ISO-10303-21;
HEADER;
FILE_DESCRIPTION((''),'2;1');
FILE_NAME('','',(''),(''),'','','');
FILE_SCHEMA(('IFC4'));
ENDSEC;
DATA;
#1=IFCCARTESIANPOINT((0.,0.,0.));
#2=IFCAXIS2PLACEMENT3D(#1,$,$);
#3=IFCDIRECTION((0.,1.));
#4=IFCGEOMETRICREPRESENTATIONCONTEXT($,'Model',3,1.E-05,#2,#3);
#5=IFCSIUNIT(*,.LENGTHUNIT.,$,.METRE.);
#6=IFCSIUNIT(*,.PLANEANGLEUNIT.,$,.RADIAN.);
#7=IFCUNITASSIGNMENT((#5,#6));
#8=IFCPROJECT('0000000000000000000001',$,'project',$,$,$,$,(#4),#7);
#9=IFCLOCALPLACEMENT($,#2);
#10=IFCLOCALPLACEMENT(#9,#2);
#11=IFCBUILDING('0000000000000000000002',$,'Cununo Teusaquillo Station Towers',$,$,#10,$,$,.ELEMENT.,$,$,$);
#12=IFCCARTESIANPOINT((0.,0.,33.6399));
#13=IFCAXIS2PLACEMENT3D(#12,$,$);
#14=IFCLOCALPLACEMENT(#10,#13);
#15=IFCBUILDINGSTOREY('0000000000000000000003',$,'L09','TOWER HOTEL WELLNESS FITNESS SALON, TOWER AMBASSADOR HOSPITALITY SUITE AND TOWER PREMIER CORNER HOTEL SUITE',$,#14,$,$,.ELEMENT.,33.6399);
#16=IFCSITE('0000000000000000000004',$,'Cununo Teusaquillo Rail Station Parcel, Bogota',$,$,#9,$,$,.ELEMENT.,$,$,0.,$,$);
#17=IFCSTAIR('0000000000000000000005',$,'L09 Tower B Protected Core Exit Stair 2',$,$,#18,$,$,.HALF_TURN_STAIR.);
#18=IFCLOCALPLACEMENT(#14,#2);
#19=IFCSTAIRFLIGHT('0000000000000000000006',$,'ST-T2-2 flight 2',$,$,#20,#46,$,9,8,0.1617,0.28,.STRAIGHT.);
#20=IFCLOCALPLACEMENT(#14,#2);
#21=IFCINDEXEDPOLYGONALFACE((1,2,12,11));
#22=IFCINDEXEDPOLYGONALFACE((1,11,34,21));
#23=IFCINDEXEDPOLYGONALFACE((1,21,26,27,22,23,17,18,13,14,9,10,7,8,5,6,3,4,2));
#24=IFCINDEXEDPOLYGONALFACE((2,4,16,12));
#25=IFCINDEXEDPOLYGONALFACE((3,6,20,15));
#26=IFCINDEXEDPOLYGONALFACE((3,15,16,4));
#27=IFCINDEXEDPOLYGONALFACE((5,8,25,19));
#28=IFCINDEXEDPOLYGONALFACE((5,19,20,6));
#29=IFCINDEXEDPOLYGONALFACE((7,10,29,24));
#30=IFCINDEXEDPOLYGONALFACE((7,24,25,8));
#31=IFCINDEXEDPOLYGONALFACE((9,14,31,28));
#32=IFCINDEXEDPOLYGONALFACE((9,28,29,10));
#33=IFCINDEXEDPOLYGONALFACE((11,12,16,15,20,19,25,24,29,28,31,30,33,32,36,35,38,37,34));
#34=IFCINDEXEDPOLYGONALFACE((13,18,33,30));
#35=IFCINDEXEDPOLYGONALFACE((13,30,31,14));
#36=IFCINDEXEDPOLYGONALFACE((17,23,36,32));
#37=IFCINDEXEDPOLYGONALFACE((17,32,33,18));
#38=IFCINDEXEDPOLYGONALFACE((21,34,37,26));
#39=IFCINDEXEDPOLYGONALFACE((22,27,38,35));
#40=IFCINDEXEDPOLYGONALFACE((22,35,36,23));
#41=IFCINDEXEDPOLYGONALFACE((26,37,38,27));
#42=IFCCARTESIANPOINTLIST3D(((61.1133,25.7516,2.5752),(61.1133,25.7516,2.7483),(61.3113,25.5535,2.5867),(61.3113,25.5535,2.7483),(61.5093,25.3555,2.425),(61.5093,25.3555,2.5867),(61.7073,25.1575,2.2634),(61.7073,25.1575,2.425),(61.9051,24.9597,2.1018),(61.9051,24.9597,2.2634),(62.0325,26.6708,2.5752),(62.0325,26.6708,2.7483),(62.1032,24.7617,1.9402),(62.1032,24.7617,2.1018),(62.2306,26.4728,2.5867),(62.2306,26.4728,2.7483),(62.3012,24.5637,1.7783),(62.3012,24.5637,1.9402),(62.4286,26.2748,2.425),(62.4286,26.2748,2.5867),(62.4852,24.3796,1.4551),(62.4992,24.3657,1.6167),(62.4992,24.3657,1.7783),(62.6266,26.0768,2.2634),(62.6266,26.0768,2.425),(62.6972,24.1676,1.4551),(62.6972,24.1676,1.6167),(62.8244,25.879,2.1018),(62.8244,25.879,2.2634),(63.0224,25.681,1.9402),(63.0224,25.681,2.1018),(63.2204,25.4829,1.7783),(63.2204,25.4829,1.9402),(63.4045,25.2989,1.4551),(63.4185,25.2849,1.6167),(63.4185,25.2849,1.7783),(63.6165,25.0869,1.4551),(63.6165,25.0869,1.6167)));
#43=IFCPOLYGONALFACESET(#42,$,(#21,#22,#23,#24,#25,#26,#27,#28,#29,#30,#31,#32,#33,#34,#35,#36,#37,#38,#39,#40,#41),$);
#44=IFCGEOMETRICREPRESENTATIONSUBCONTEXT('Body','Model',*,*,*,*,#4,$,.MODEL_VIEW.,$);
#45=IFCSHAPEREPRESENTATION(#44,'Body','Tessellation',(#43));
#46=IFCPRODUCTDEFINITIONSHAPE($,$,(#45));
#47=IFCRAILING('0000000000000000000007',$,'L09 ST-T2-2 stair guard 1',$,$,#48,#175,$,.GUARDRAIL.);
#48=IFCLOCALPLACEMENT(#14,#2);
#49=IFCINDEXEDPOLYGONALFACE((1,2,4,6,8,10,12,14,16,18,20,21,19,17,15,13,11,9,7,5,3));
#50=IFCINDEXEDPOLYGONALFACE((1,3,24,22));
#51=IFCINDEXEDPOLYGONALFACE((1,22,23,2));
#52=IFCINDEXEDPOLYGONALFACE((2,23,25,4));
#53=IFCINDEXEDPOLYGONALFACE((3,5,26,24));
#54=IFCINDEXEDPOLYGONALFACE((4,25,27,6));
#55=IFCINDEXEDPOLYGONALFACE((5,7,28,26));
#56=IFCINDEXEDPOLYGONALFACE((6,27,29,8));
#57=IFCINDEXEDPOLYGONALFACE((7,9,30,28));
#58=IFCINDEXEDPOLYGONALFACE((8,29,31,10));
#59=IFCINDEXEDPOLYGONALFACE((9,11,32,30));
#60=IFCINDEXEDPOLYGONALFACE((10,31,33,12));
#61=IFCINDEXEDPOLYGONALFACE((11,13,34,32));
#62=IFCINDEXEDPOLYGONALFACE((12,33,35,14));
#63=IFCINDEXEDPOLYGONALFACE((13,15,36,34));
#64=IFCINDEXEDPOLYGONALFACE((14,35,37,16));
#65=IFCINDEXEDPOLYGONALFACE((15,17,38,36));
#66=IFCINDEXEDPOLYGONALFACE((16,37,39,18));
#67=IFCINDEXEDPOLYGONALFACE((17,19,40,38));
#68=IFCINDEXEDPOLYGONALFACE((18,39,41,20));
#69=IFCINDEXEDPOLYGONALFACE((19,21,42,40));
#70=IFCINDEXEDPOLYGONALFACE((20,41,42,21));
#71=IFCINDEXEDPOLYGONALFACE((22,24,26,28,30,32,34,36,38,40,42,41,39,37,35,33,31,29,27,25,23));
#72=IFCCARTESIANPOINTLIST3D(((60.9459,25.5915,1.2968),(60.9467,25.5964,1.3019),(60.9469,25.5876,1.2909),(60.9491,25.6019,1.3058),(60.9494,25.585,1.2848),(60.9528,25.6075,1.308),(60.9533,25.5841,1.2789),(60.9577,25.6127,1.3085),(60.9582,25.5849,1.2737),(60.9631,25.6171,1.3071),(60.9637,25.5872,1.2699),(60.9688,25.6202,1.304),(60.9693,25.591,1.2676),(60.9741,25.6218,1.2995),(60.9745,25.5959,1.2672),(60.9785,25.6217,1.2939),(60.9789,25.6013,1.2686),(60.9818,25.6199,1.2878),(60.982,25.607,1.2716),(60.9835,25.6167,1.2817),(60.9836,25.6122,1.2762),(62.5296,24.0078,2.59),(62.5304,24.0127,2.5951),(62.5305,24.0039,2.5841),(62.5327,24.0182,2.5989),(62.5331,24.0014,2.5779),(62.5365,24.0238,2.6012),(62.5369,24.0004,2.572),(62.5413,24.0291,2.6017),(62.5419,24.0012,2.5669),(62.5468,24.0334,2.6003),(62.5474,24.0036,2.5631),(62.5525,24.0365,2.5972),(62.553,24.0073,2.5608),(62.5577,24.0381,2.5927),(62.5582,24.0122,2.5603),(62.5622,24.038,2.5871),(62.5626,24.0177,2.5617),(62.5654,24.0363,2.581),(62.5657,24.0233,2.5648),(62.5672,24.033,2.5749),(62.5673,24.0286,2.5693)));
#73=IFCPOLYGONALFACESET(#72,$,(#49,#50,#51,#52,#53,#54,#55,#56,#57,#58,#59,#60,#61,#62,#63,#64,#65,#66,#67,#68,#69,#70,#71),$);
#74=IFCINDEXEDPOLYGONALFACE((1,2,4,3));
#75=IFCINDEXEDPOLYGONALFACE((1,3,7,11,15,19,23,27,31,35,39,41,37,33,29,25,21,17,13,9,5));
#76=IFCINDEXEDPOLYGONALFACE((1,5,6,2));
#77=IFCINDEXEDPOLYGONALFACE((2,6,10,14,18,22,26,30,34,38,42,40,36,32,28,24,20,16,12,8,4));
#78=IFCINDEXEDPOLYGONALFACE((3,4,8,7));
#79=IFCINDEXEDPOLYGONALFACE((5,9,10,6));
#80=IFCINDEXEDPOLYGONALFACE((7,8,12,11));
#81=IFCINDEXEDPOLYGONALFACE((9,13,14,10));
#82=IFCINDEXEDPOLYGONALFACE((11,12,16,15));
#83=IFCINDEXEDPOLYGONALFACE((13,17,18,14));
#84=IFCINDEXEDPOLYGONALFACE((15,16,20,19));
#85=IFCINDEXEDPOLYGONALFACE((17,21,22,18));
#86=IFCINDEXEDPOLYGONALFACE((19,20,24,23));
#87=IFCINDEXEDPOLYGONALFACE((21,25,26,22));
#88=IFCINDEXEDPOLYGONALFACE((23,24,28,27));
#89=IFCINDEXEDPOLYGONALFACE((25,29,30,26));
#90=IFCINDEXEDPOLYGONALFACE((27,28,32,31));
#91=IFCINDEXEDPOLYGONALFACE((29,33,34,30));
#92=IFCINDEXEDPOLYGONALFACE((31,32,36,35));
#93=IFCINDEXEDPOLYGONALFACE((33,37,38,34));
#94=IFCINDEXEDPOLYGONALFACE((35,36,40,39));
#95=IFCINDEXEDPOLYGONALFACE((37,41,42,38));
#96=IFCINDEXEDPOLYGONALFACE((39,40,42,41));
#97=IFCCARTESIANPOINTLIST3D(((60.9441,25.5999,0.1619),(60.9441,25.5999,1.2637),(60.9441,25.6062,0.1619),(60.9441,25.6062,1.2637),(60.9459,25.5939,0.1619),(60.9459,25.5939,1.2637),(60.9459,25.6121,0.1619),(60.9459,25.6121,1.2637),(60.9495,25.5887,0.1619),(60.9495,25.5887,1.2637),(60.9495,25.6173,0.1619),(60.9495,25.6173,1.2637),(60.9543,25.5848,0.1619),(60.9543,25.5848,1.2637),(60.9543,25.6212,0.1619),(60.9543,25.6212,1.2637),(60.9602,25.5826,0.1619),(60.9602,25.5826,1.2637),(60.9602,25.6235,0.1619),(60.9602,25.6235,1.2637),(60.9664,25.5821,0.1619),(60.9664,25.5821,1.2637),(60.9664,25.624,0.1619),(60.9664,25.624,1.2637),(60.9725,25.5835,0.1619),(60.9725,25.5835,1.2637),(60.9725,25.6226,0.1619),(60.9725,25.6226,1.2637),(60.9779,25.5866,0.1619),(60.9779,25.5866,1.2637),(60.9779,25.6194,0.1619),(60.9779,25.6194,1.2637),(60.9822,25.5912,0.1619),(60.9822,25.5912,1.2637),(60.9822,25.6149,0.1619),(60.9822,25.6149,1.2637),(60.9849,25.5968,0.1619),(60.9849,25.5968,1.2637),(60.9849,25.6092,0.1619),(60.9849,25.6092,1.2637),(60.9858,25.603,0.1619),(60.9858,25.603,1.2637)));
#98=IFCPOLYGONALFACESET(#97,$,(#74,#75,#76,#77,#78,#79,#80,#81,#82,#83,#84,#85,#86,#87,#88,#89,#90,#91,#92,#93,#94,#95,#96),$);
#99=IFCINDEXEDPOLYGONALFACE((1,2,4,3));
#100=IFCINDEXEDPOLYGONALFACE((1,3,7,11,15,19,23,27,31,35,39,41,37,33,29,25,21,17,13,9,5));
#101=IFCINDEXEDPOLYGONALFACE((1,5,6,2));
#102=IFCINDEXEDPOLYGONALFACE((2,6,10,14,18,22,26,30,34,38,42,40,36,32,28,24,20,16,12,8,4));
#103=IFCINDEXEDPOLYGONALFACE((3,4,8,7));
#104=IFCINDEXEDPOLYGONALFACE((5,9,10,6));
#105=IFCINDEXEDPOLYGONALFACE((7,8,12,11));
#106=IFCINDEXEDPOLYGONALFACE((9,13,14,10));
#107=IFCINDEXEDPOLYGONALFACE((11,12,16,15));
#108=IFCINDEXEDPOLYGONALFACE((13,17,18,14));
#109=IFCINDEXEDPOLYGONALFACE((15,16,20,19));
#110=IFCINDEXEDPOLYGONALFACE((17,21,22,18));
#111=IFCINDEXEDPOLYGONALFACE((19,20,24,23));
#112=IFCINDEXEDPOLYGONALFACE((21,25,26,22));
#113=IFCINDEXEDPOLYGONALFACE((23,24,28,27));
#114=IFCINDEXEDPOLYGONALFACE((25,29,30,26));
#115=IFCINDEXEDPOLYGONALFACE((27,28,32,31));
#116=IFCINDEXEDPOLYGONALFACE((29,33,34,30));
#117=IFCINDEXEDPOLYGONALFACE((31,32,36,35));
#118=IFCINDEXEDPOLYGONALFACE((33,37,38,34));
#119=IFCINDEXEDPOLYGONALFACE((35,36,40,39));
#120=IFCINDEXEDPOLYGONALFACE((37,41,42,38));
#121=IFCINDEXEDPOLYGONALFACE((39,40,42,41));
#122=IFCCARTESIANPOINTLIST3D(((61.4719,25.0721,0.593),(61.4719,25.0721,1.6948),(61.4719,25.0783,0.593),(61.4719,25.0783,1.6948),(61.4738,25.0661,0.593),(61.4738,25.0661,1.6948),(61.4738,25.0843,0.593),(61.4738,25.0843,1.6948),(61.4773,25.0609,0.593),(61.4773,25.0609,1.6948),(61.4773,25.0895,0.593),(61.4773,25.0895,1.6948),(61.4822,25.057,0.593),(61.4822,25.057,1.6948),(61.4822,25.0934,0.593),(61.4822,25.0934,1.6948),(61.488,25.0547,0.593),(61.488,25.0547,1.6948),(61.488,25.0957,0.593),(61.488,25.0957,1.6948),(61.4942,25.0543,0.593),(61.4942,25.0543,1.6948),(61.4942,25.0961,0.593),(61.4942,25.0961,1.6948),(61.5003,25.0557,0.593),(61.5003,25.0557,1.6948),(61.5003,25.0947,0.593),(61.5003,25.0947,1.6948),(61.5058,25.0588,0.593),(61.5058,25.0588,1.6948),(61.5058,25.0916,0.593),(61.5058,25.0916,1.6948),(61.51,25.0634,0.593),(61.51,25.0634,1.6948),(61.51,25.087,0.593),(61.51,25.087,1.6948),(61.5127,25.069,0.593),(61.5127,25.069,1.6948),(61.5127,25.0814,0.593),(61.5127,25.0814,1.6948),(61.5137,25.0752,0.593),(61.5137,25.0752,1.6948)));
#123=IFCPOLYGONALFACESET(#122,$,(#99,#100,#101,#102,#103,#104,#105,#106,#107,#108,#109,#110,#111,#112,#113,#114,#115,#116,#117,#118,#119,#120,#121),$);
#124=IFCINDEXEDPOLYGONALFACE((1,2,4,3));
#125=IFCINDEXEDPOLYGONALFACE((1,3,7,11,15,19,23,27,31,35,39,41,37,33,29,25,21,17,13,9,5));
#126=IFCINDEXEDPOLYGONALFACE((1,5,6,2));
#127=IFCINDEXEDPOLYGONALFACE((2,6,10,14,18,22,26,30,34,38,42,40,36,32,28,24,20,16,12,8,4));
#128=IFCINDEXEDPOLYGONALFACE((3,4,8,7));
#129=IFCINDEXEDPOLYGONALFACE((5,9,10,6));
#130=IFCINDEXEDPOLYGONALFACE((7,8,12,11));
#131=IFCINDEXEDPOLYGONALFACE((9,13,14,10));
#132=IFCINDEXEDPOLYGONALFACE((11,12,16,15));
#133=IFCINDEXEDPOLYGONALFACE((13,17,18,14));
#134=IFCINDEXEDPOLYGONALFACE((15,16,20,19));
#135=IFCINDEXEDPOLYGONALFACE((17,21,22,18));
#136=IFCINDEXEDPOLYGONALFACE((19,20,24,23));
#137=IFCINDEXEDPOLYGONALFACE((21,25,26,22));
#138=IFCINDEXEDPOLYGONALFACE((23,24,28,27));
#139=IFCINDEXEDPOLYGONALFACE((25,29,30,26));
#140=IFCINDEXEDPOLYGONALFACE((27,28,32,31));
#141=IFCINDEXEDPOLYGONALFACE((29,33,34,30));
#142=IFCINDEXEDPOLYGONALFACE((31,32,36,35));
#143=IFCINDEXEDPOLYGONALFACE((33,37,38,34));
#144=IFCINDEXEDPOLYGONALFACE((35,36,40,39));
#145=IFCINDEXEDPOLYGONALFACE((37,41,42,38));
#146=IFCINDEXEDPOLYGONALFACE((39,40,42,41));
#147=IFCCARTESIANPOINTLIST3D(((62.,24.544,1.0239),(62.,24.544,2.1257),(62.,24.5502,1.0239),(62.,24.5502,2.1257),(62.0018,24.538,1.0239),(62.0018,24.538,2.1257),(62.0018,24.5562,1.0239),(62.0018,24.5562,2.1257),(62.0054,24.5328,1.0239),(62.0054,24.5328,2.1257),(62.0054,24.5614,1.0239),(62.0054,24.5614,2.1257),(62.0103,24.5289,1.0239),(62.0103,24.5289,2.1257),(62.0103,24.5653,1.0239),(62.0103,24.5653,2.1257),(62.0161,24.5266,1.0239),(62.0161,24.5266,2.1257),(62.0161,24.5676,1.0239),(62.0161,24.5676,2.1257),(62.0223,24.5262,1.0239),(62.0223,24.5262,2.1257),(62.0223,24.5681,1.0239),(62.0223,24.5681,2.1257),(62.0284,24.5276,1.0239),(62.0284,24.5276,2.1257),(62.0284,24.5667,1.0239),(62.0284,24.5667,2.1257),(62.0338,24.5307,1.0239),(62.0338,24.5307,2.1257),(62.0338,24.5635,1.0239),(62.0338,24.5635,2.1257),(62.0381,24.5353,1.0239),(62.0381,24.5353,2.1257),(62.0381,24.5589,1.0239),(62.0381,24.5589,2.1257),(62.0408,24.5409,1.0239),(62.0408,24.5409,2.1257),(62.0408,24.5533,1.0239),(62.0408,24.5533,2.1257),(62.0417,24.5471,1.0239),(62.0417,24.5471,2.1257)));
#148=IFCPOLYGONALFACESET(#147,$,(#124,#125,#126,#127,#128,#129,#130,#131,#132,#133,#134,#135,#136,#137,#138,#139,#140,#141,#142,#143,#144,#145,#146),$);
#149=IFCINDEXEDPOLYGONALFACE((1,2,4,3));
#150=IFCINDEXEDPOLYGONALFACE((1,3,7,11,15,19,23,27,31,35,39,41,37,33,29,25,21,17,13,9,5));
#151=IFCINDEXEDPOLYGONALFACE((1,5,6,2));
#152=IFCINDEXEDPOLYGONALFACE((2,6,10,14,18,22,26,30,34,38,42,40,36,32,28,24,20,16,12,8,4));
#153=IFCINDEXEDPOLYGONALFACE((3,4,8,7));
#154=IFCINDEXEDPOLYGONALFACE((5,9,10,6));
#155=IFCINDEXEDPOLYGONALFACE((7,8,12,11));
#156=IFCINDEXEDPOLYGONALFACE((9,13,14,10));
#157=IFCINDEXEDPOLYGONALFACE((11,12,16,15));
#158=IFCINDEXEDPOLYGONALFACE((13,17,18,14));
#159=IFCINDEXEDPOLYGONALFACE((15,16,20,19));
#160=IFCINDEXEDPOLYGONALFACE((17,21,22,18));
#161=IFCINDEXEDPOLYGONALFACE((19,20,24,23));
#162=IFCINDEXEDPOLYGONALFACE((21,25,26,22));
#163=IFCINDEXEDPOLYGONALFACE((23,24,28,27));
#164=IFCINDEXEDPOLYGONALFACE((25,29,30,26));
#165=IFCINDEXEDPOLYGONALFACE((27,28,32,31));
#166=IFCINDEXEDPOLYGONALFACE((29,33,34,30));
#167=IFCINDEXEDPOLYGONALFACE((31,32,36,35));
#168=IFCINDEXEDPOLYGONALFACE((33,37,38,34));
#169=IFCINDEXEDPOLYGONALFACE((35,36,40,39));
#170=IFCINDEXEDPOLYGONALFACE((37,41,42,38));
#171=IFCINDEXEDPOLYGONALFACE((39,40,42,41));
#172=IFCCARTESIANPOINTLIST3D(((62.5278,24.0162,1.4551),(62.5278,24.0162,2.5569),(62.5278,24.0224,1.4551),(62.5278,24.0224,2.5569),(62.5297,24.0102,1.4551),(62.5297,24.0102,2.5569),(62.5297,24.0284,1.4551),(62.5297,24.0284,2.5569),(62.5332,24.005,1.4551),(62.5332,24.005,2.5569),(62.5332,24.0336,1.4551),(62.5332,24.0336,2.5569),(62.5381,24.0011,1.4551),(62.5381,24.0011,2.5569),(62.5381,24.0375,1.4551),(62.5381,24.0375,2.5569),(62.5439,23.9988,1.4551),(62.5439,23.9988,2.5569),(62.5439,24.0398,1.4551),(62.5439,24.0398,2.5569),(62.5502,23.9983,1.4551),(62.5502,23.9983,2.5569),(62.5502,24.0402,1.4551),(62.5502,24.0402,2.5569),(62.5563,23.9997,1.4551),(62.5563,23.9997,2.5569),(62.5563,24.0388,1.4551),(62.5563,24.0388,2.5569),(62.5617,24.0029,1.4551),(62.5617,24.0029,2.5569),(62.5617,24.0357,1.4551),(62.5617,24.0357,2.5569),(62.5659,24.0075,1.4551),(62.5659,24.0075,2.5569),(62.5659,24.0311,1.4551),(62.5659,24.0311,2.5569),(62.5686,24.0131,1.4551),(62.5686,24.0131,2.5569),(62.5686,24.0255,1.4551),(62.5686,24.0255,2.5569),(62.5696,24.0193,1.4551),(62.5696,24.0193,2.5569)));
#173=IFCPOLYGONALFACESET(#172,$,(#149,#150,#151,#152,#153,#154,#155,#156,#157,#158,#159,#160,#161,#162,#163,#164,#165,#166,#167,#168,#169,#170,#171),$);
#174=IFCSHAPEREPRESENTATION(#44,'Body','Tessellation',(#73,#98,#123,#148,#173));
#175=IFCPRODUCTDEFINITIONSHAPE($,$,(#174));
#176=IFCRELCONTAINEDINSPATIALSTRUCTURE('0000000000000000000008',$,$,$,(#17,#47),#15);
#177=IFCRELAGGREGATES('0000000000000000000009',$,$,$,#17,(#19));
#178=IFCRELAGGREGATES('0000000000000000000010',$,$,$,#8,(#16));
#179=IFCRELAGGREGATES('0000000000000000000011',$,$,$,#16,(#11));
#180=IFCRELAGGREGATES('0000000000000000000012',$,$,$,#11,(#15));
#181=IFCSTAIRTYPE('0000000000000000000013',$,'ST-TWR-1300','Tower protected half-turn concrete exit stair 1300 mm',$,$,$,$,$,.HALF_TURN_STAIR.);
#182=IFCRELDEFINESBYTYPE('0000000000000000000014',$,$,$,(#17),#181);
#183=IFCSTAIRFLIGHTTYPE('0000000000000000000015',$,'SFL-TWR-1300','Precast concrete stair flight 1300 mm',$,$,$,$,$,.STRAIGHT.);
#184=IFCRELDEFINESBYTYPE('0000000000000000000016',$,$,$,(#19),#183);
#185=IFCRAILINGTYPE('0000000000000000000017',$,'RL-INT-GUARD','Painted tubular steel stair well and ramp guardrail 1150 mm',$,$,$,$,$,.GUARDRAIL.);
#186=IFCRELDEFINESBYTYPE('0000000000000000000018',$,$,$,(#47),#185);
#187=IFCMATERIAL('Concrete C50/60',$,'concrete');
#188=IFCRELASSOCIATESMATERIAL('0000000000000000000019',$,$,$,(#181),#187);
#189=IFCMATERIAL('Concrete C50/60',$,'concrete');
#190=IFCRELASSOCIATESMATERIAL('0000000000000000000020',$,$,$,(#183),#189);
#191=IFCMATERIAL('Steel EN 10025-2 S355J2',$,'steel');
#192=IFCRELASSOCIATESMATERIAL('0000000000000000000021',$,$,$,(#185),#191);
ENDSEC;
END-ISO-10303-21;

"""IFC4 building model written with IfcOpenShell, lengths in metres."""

from ifc_helpers import new_model, si_unit, direction, frame, origin, origin_2d, place, context, subcontext, project, spatial, polyline, circle, outline, extrude, material, type_object, element, aggregate, save


model = new_model("IFC4")

# Units and contexts
model_context = context("Model", 3, precision=1e-05, world=origin(), true_north=direction((0.0, 1.0)))
body_context = subcontext(model_context, "Body", "Model", "MODEL_VIEW")
ifc_project = project(units=[si_unit("LENGTHUNIT", "METRE"), si_unit("PLANEANGLEUNIT", "RADIAN")], contexts=[model_context])

# Site, building, storey
site_placement = place(None, origin())
site = spatial("IfcSite", under=ifc_project, at=site_placement, Name="Cununo Teusaquillo Rail Station Parcel, Bogota", CompositionType="ELEMENT", RefElevation=0.0)
building_placement = place(site_placement, origin())
building = spatial("IfcBuilding", under=site, at=building_placement, Name="Cununo Teusaquillo Station Towers", CompositionType="ELEMENT")
storey_placement = place(building_placement, frame((0.0, 0.0, 33.6399)))
storey = spatial("IfcBuildingStorey", under=building, at=storey_placement, Name="L09", Description="TOWER HOTEL WELLNESS FITNESS SALON, TOWER AMBASSADOR HOSPITALITY SUITE AND TOWER PREMIER CORNER HOTEL SUITE", CompositionType="ELEMENT", Elevation=33.6399)

# Stair, stair flight
ifc_material_1 = material(Name="Concrete C50/60", Category="concrete")
stair_type = type_object("IfcStairType", Name="ST-TWR-1300", Description="Tower protected half-turn concrete exit stair 1300 mm", PredefinedType="HALF_TURN_STAIR", material=ifc_material_1)
stair_placement = place(storey_placement, origin())
stair = element("IfcStair", 1, at=stair_placement, inside=storey, type_object=stair_type, Name="L09 Tower B Protected Core Exit Stair 2", PredefinedType="HALF_TURN_STAIR")
ifc_material_2 = material(Name="Concrete C50/60", Category="concrete")
stair_flight_type = type_object("IfcStairFlightType", Name="SFL-TWR-1300", Description="Precast concrete stair flight 1300 mm", PredefinedType="STRAIGHT", material=ifc_material_2)
stair_flight_1_placement = place(storey_placement, frame((63.1567, 24.6272, 1.4551), z_axis=(0.0, 0.0, 1.0), x_axis=(-0.707107, 0.707107, 0.0)))
stair_flight_1 = element("IfcStairFlight", 2, at=stair_flight_1_placement, type_object=stair_flight_type, Name="ST-T2-2 flight 2", NumberOfRisers=9, NumberOfTreads=8, PredefinedType="STRAIGHT", RiserHeight=0.1617, TreadLength=0.28, context=body_context, shape_type="SweptSolid", body=[
    extrude(outline(polyline([(0.0, 0.0), (0.0, 0.1616), (0.28, 0.1616), (0.28, 0.3232), (0.5601, 0.3232), (0.5601, 0.4851), (0.8401, 0.4851), (0.8401, 0.6467), (1.1201, 0.6467), (1.1201, 0.8083), (1.3999, 0.8083), (1.3999, 0.97), (1.6799, 0.97), (1.6799, 1.1316), (1.96, 1.1316), (1.96, 1.2932), (2.24, 1.2932), (2.24, 1.4551), (2.24, 1.1201), (0.2998, 0.0), (0.0, 0.0)])), frame((0.0, 0.6499, 0.0), z_axis=(0.0, -1.0, 0.0), x_axis=(1.0, 0.0, 0.0)), (0.0, 0.0, 1.0), 1.3),
])
aggregate(stair, [stair_flight_1])

# Railing
ifc_material_3 = material(Name="Steel EN 10025-2 S355J2", Category="steel")
railing_type_1 = type_object("IfcRailingType", Name="RL-INT-GUARD", Description="Painted tubular steel stair well and ramp guardrail 1150 mm", PredefinedType="GUARDRAIL", material=ifc_material_3)
railing_1_placement = place(storey_placement, frame((60.9648, 25.603, 0.1619)))
element("IfcRailing", 3, at=railing_1_placement, inside=storey, type_object=railing_type_1, Name="L09 ST-T2-2 stair guard 1", PredefinedType="GUARDRAIL", context=body_context, shape_type="SweptSolid", body=[
    extrude(circle(Radius=0.0239, at=origin_2d()), frame((0.0, 0.0, 1.126), z_axis=(0.612361, -0.612361, 0.500027), x_axis=(0.707107, 0.707107, 0.0)), (0.0, 0.0, 1.0), 2.5862),
    extrude(circle(Radius=0.021, at=origin_2d()), origin(), (0.0, 0.0, 1.0), 1.1018),
    extrude(circle(Radius=0.021, at=origin_2d()), frame((0.5278, -0.5278, 0.4312)), (0.0, 0.0, 1.0), 1.1018),
    extrude(circle(Radius=0.021, at=origin_2d()), frame((1.0559, -1.0559, 0.8621)), (0.0, 0.0, 1.0), 1.1018),
    extrude(circle(Radius=0.021, at=origin_2d()), frame((1.5837, -1.5837, 1.2932)), (0.0, 0.0, 1.0), 1.1018),
])

save(model, "model.ifc")
